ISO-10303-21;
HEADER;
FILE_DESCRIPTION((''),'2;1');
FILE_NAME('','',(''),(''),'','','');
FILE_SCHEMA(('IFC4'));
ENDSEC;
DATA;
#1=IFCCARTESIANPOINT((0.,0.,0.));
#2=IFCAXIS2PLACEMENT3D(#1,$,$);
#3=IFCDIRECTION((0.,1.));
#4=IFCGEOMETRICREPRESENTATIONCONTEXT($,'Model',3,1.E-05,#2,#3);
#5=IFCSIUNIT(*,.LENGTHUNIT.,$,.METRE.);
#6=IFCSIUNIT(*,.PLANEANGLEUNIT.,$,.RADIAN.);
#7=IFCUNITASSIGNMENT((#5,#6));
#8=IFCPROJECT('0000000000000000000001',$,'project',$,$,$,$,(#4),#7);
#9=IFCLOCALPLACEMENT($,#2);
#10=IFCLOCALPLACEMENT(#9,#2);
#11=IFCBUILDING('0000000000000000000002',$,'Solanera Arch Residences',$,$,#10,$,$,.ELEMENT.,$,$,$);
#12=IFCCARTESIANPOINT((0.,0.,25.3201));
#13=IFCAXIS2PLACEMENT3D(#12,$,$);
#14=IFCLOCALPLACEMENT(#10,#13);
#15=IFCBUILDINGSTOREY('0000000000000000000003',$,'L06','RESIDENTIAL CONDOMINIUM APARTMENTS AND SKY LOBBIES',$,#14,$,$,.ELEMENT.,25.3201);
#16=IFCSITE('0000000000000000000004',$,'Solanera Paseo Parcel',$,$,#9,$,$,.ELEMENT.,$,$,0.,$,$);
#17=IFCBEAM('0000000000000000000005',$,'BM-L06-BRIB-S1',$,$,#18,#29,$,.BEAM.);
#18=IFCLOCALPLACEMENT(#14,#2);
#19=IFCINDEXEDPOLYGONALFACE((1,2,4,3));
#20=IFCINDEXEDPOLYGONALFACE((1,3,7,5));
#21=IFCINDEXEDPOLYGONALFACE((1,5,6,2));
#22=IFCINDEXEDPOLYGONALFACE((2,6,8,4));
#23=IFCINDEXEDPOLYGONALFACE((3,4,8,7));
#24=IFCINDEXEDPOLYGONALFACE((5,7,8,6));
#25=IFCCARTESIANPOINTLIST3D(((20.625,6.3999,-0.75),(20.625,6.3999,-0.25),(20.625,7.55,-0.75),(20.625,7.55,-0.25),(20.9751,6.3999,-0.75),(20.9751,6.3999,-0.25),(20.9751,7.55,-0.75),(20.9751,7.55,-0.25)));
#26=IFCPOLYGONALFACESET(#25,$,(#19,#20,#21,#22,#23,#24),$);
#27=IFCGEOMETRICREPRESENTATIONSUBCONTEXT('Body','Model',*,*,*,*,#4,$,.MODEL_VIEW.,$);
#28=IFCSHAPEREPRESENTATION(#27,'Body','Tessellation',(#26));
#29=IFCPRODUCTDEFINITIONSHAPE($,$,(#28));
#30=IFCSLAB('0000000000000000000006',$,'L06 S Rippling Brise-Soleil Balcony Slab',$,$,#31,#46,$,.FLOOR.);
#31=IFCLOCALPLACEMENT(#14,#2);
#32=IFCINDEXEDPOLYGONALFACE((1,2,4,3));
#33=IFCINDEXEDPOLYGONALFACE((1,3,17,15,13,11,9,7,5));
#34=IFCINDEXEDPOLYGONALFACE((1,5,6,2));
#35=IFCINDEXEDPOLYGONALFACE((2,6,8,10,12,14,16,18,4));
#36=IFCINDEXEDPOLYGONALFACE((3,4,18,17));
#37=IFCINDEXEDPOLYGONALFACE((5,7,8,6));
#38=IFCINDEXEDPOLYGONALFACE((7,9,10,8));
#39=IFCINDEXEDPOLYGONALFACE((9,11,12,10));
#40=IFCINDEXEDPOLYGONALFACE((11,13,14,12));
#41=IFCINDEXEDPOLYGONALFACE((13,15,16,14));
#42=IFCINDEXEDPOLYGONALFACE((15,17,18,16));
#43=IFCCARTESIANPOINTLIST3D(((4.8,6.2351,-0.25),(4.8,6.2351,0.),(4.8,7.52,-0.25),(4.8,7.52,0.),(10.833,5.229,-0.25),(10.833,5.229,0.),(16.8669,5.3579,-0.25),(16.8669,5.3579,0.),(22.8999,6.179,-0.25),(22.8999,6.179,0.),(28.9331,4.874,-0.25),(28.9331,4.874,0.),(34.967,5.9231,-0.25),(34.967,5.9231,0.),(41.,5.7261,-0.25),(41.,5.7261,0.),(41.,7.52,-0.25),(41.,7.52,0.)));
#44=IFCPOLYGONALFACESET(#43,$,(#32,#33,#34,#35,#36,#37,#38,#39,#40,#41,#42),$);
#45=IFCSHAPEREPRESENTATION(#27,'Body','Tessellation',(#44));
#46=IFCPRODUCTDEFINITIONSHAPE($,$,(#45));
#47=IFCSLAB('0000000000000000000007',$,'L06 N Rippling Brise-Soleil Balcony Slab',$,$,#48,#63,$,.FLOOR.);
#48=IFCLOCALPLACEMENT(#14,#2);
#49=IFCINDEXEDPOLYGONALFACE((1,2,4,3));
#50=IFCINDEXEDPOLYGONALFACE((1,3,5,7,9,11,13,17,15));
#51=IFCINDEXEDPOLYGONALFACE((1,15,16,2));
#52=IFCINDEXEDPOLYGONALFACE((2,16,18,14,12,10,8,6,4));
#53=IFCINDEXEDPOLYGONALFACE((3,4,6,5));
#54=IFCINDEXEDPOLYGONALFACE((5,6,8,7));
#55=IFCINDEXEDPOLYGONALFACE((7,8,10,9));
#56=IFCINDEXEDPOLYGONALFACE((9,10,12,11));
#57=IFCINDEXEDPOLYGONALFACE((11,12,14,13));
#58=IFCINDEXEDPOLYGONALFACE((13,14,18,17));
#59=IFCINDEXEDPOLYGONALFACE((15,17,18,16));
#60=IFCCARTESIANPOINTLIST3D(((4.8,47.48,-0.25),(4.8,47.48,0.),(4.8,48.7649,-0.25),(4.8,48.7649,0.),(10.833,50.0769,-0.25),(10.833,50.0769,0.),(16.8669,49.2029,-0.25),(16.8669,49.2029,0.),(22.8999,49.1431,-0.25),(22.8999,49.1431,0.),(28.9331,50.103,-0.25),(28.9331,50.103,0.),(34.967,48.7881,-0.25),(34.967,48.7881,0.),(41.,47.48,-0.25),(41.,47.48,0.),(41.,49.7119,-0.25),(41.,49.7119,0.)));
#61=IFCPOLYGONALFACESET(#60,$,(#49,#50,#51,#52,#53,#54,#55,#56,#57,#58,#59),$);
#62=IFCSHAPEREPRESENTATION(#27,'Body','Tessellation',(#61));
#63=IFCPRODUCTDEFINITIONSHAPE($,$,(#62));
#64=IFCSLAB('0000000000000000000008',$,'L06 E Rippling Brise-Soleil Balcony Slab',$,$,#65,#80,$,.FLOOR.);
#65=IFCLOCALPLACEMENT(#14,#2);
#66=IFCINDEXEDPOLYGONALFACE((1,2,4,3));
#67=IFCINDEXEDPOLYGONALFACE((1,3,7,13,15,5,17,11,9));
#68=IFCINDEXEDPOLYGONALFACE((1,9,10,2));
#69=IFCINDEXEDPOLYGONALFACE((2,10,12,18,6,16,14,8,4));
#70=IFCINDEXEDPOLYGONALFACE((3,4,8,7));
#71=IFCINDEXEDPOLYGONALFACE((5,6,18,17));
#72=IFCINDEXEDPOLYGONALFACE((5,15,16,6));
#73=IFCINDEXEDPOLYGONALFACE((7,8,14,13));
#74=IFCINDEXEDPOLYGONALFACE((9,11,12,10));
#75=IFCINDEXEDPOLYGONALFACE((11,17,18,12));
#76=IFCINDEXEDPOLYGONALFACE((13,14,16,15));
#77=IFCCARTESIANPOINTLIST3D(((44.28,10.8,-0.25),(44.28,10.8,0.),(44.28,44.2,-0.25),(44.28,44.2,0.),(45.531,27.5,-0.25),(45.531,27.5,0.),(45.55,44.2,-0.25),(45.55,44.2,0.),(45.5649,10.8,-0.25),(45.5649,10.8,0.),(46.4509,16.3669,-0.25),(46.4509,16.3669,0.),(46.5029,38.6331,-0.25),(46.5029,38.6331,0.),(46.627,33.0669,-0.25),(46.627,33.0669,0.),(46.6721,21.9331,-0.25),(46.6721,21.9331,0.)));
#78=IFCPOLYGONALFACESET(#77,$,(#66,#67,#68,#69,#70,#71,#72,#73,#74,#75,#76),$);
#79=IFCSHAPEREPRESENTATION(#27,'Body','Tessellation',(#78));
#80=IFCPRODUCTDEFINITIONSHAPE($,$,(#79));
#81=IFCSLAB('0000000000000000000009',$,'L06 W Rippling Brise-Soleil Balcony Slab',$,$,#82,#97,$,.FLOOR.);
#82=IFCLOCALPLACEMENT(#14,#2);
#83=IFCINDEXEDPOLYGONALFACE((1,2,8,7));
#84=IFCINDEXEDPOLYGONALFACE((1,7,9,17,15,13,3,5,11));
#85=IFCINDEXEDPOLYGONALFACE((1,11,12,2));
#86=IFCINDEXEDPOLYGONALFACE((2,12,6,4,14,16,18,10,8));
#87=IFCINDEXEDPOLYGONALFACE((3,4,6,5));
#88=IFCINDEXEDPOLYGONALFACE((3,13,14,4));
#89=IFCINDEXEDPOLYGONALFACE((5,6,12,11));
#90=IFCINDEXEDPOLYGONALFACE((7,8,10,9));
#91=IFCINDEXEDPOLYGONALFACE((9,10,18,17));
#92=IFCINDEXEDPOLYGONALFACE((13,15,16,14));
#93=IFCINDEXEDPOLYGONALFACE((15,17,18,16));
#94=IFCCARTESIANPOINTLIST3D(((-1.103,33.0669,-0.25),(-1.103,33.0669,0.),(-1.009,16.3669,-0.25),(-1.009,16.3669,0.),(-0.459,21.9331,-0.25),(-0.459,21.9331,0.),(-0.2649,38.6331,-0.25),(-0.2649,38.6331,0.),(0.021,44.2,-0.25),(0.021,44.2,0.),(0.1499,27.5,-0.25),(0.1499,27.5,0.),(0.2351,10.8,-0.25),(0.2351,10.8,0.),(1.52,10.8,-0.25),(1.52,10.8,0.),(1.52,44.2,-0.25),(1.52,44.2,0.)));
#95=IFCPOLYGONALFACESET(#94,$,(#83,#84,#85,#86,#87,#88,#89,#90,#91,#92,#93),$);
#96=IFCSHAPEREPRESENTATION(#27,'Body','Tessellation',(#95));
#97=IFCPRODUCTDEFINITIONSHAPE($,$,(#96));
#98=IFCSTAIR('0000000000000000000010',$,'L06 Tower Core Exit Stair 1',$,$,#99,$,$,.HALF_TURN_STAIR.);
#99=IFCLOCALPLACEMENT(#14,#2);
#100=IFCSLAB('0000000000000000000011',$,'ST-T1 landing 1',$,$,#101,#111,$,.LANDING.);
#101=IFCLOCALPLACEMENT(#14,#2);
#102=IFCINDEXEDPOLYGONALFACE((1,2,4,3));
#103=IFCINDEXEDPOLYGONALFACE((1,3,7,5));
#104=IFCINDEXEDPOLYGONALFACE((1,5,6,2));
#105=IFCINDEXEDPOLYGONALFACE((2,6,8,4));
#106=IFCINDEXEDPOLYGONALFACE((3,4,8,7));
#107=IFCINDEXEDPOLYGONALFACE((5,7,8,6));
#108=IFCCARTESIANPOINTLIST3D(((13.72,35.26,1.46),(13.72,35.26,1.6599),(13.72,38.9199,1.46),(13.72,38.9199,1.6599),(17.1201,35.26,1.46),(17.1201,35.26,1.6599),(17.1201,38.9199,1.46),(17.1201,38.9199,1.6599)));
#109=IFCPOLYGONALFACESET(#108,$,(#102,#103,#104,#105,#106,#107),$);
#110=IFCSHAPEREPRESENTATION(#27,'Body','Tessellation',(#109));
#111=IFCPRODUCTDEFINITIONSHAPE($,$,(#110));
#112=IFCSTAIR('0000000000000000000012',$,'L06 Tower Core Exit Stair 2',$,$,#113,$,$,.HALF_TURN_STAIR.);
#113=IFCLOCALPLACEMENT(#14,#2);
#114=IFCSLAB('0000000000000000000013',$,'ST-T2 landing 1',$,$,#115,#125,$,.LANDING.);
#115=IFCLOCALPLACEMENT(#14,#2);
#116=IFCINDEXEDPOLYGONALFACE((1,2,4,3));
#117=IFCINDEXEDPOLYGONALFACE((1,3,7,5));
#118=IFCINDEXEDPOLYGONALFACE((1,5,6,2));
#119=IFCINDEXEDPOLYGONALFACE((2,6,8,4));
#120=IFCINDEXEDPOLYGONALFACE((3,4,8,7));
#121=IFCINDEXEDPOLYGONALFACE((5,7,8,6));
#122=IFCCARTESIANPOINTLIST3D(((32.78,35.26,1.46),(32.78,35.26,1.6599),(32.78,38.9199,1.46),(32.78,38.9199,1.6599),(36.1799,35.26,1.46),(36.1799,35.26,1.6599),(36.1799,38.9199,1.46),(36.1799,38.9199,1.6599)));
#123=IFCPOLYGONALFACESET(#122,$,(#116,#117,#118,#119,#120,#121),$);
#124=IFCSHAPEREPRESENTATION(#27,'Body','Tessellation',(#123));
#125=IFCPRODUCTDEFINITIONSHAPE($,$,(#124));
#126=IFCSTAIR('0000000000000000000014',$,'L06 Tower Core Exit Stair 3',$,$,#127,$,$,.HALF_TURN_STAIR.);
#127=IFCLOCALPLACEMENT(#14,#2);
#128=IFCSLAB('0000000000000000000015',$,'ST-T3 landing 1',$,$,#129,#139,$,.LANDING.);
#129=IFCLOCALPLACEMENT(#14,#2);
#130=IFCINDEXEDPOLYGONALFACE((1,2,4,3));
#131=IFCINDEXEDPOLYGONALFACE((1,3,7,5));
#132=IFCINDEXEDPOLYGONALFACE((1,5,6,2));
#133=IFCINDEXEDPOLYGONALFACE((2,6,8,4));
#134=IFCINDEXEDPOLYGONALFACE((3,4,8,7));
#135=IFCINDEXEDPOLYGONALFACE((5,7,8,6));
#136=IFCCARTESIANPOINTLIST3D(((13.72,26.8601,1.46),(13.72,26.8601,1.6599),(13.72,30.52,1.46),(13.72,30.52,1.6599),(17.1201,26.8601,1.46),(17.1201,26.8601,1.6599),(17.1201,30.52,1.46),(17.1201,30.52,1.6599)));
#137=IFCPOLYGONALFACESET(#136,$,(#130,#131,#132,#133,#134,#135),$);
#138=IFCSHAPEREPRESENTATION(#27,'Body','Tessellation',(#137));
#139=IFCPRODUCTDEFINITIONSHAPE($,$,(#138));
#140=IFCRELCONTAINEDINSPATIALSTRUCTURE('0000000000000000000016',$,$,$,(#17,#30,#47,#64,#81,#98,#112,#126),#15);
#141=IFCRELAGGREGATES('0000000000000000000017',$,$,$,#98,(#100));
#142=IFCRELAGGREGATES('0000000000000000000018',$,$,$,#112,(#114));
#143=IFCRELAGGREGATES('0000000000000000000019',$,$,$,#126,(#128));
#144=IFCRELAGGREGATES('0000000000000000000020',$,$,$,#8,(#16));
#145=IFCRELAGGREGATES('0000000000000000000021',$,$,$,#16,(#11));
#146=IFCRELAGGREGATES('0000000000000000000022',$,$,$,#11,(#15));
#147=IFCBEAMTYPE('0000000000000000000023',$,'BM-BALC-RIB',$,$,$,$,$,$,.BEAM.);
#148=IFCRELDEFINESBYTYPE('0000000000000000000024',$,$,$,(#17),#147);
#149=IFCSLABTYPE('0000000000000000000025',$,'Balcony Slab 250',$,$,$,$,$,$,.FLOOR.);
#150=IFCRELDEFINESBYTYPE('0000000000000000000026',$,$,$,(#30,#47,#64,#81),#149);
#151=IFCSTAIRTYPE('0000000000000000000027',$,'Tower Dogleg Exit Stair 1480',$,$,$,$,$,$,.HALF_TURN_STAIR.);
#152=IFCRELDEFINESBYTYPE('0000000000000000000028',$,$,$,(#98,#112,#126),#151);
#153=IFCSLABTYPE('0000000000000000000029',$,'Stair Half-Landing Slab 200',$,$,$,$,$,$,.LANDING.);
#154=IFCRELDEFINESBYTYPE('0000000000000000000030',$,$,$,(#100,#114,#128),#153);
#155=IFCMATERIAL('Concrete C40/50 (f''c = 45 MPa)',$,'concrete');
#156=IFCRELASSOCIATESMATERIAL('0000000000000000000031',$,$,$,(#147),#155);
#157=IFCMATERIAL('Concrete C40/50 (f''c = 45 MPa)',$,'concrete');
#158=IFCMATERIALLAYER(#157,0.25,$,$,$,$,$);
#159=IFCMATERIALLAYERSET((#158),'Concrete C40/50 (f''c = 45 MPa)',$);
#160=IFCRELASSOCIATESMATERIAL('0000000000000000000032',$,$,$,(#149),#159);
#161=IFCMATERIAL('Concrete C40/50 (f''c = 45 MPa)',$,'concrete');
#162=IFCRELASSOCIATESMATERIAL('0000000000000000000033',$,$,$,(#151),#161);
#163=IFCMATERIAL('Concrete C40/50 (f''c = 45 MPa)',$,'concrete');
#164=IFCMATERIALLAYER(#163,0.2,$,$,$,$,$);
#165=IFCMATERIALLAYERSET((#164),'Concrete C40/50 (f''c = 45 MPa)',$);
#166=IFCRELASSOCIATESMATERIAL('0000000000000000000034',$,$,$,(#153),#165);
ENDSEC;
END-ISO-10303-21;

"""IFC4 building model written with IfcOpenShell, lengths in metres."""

from ifc_helpers import new_model, si_unit, direction, frame, origin, origin_2d, place, context, subcontext, project, spatial, polyline, rectangle, outline, extrude, material, layer, layer_set, material_profile, profile_set, type_object, element, aggregate, save


model = new_model("IFC4")

# Units and contexts
model_context = context("Model", 3, precision=1e-05, world=origin(), true_north=direction((0.0, 1.0)))
body_context = subcontext(model_context, "Body", "Model", "MODEL_VIEW")
ifc_project = project(units=[si_unit("LENGTHUNIT", "METRE"), si_unit("PLANEANGLEUNIT", "RADIAN")], contexts=[model_context])

# Site, building, storey
site_placement = place(None, origin())
site = spatial("IfcSite", under=ifc_project, at=site_placement, Name="Solanera Paseo Parcel", CompositionType="ELEMENT", RefElevation=0.0)
building_placement = place(site_placement, origin())
building = spatial("IfcBuilding", under=site, at=building_placement, Name="Solanera Arch Residences", CompositionType="ELEMENT")
storey_placement = place(building_placement, frame((0.0, 0.0, 25.3201)))
storey = spatial("IfcBuildingStorey", under=building, at=storey_placement, Name="L06", Description="RESIDENTIAL CONDOMINIUM APARTMENTS AND SKY LOBBIES", CompositionType="ELEMENT", Elevation=25.3201)

# Beam
ifc_material_1 = material(Name="Concrete C40/50 (f'c = 45 MPa)", Category="concrete")
ifc_material_profile = material_profile(ifc_material_1, rectangle(XDim=0.3501, YDim=0.5, at=origin_2d()))
ifc_profile_set = profile_set([ifc_material_profile], Name="Concrete C40/50 (f'c = 45 MPa)")
beam_type = type_object("IfcBeamType", Name="BM-BALC-RIB", PredefinedType="BEAM", material=ifc_profile_set)
beam_placement = place(storey_placement, frame((20.8, 6.3999, -0.5), z_axis=(0.0, 1.0, 0.0), x_axis=(-1.0, 0.0, 0.0)))
element("IfcBeam", 1, at=beam_placement, inside=storey, type_object=beam_type, Name="BM-L06-BRIB-S1", PredefinedType="BEAM", context=body_context, shape_type="SweptSolid", body=[
    extrude(rectangle(XDim=0.3501, YDim=0.5, at=origin_2d()), origin(), (0.0, 0.0, 1.0), 1.1501),
])

# Slabs
ifc_material_2 = material(Name="Concrete C40/50 (f'c = 45 MPa)", Category="concrete")
ifc_layer_1 = layer(ifc_material_2, 0.25)
ifc_layer_set_1 = layer_set([ifc_layer_1], Name="Concrete C40/50 (f'c = 45 MPa)")
slab_type_1 = type_object("IfcSlabType", Name="Balcony Slab 250", PredefinedType="FLOOR", material=ifc_layer_set_1)
slab_1_placement = place(storey_placement, frame((0.0, 0.0, -0.25)))
element("IfcSlab", 2, at=slab_1_placement, inside=storey, type_object=slab_type_1, Name="L06 S Rippling Brise-Soleil Balcony Slab", PredefinedType="FLOOR", context=body_context, shape_type="SweptSolid", body=[
    extrude(outline(polyline([(4.8, 6.2351), (10.833, 5.229), (16.8669, 5.3579), (22.8999, 6.179), (28.9331, 4.874), (34.967, 5.9231), (41.0, 5.7261), (41.0, 7.52), (4.8, 7.52), (4.8, 6.2351)])), origin(), (0.0, 0.0, 1.0), 0.25),
])
slab_2_placement = place(storey_placement, frame((0.0, 0.0, -0.25)))
element("IfcSlab", 3, at=slab_2_placement, inside=storey, type_object=slab_type_1, Name="L06 N Rippling Brise-Soleil Balcony Slab", PredefinedType="FLOOR", context=body_context, shape_type="SweptSolid", body=[
    extrude(outline(polyline([(41.0, 49.7119), (34.967, 48.7881), (28.9331, 50.103), (22.8999, 49.1431), (16.8669, 49.2029), (10.833, 50.0769), (4.8, 48.7649), (4.8, 47.48), (41.0, 47.48), (41.0, 49.7119)])), origin(), (0.0, 0.0, 1.0), 0.25),
])
slab_3_placement = place(storey_placement, frame((0.0, 0.0, -0.25)))
element("IfcSlab", 4, at=slab_3_placement, inside=storey, type_object=slab_type_1, Name="L06 E Rippling Brise-Soleil Balcony Slab", PredefinedType="FLOOR", context=body_context, shape_type="SweptSolid", body=[
    extrude(outline(polyline([(45.5649, 10.8), (46.4509, 16.3669), (46.6721, 21.9331), (45.531, 27.5), (46.627, 33.0669), (46.5029, 38.6331), (45.55, 44.2), (44.28, 44.2), (44.28, 10.8), (45.5649, 10.8)])), origin(), (0.0, 0.0, 1.0), 0.25),
])
slab_4_placement = place(storey_placement, frame((0.0, 0.0, -0.25)))
element("IfcSlab", 5, at=slab_4_placement, inside=storey, type_object=slab_type_1, Name="L06 W Rippling Brise-Soleil Balcony Slab", PredefinedType="FLOOR", context=body_context, shape_type="SweptSolid", body=[
    extrude(outline(polyline([(0.021, 44.2), (-0.2649, 38.6331), (-1.103, 33.0669), (0.1499, 27.5), (-0.459, 21.9331), (-1.009, 16.3669), (0.2351, 10.8), (1.52, 10.8), (1.52, 44.2), (0.021, 44.2)])), origin(), (0.0, 0.0, 1.0), 0.25),
])

# Stairs, slabs
ifc_material_3 = material(Name="Concrete C40/50 (f'c = 45 MPa)", Category="concrete")
stair_type = type_object("IfcStairType", Name="Tower Dogleg Exit Stair 1480", PredefinedType="HALF_TURN_STAIR", material=ifc_material_3)
stair_1_placement = place(storey_placement, origin())
stair_1 = element("IfcStair", 6, at=stair_1_placement, inside=storey, type_object=stair_type, Name="L06 Tower Core Exit Stair 1", PredefinedType="HALF_TURN_STAIR")
ifc_material_4 = material(Name="Concrete C40/50 (f'c = 45 MPa)", Category="concrete")
ifc_layer_2 = layer(ifc_material_4, 0.2)
ifc_layer_set_2 = layer_set([ifc_layer_2], Name="Concrete C40/50 (f'c = 45 MPa)")
slab_type_2 = type_object("IfcSlabType", Name="Stair Half-Landing Slab 200", PredefinedType="LANDING", material=ifc_layer_set_2)
slab_5_placement = place(storey_placement, frame((0.0, 0.0, 1.46)))
slab_5 = element("IfcSlab", 7, at=slab_5_placement, type_object=slab_type_2, Name="ST-T1 landing 1", PredefinedType="LANDING", context=body_context, shape_type="SweptSolid", body=[
    extrude(outline(polyline([(17.1201, 35.26), (17.1201, 38.9199), (13.72, 38.9199), (13.72, 35.26), (17.1201, 35.26)])), origin(), (0.0, 0.0, 1.0), 0.2),
])
aggregate(stair_1, [slab_5])
stair_2_placement = place(storey_placement, origin())
stair_2 = element("IfcStair", 8, at=stair_2_placement, inside=storey, type_object=stair_type, Name="L06 Tower Core Exit Stair 2", PredefinedType="HALF_TURN_STAIR")
slab_6_placement = place(storey_placement, frame((0.0, 0.0, 1.46)))
slab_6 = element("IfcSlab", 9, at=slab_6_placement, type_object=slab_type_2, Name="ST-T2 landing 1", PredefinedType="LANDING", context=body_context, shape_type="SweptSolid", body=[
    extrude(outline(polyline([(36.1799, 35.26), (36.1799, 38.9199), (32.78, 38.9199), (32.78, 35.26), (36.1799, 35.26)])), origin(), (0.0, 0.0, 1.0), 0.2),
])
aggregate(stair_2, [slab_6])
stair_3_placement = place(storey_placement, origin())
stair_3 = element("IfcStair", 10, at=stair_3_placement, inside=storey, type_object=stair_type, Name="L06 Tower Core Exit Stair 3", PredefinedType="HALF_TURN_STAIR")
slab_7_placement = place(storey_placement, frame((0.0, 0.0, 1.46)))
slab_7 = element("IfcSlab", 11, at=slab_7_placement, type_object=slab_type_2, Name="ST-T3 landing 1", PredefinedType="LANDING", context=body_context, shape_type="SweptSolid", body=[
    extrude(outline(polyline([(17.1201, 26.8601), (17.1201, 30.52), (13.72, 30.52), (13.72, 26.8601), (17.1201, 26.8601)])), origin(), (0.0, 0.0, 1.0), 0.2),
])
aggregate(stair_3, [slab_7])

save(model, "model.ifc")
